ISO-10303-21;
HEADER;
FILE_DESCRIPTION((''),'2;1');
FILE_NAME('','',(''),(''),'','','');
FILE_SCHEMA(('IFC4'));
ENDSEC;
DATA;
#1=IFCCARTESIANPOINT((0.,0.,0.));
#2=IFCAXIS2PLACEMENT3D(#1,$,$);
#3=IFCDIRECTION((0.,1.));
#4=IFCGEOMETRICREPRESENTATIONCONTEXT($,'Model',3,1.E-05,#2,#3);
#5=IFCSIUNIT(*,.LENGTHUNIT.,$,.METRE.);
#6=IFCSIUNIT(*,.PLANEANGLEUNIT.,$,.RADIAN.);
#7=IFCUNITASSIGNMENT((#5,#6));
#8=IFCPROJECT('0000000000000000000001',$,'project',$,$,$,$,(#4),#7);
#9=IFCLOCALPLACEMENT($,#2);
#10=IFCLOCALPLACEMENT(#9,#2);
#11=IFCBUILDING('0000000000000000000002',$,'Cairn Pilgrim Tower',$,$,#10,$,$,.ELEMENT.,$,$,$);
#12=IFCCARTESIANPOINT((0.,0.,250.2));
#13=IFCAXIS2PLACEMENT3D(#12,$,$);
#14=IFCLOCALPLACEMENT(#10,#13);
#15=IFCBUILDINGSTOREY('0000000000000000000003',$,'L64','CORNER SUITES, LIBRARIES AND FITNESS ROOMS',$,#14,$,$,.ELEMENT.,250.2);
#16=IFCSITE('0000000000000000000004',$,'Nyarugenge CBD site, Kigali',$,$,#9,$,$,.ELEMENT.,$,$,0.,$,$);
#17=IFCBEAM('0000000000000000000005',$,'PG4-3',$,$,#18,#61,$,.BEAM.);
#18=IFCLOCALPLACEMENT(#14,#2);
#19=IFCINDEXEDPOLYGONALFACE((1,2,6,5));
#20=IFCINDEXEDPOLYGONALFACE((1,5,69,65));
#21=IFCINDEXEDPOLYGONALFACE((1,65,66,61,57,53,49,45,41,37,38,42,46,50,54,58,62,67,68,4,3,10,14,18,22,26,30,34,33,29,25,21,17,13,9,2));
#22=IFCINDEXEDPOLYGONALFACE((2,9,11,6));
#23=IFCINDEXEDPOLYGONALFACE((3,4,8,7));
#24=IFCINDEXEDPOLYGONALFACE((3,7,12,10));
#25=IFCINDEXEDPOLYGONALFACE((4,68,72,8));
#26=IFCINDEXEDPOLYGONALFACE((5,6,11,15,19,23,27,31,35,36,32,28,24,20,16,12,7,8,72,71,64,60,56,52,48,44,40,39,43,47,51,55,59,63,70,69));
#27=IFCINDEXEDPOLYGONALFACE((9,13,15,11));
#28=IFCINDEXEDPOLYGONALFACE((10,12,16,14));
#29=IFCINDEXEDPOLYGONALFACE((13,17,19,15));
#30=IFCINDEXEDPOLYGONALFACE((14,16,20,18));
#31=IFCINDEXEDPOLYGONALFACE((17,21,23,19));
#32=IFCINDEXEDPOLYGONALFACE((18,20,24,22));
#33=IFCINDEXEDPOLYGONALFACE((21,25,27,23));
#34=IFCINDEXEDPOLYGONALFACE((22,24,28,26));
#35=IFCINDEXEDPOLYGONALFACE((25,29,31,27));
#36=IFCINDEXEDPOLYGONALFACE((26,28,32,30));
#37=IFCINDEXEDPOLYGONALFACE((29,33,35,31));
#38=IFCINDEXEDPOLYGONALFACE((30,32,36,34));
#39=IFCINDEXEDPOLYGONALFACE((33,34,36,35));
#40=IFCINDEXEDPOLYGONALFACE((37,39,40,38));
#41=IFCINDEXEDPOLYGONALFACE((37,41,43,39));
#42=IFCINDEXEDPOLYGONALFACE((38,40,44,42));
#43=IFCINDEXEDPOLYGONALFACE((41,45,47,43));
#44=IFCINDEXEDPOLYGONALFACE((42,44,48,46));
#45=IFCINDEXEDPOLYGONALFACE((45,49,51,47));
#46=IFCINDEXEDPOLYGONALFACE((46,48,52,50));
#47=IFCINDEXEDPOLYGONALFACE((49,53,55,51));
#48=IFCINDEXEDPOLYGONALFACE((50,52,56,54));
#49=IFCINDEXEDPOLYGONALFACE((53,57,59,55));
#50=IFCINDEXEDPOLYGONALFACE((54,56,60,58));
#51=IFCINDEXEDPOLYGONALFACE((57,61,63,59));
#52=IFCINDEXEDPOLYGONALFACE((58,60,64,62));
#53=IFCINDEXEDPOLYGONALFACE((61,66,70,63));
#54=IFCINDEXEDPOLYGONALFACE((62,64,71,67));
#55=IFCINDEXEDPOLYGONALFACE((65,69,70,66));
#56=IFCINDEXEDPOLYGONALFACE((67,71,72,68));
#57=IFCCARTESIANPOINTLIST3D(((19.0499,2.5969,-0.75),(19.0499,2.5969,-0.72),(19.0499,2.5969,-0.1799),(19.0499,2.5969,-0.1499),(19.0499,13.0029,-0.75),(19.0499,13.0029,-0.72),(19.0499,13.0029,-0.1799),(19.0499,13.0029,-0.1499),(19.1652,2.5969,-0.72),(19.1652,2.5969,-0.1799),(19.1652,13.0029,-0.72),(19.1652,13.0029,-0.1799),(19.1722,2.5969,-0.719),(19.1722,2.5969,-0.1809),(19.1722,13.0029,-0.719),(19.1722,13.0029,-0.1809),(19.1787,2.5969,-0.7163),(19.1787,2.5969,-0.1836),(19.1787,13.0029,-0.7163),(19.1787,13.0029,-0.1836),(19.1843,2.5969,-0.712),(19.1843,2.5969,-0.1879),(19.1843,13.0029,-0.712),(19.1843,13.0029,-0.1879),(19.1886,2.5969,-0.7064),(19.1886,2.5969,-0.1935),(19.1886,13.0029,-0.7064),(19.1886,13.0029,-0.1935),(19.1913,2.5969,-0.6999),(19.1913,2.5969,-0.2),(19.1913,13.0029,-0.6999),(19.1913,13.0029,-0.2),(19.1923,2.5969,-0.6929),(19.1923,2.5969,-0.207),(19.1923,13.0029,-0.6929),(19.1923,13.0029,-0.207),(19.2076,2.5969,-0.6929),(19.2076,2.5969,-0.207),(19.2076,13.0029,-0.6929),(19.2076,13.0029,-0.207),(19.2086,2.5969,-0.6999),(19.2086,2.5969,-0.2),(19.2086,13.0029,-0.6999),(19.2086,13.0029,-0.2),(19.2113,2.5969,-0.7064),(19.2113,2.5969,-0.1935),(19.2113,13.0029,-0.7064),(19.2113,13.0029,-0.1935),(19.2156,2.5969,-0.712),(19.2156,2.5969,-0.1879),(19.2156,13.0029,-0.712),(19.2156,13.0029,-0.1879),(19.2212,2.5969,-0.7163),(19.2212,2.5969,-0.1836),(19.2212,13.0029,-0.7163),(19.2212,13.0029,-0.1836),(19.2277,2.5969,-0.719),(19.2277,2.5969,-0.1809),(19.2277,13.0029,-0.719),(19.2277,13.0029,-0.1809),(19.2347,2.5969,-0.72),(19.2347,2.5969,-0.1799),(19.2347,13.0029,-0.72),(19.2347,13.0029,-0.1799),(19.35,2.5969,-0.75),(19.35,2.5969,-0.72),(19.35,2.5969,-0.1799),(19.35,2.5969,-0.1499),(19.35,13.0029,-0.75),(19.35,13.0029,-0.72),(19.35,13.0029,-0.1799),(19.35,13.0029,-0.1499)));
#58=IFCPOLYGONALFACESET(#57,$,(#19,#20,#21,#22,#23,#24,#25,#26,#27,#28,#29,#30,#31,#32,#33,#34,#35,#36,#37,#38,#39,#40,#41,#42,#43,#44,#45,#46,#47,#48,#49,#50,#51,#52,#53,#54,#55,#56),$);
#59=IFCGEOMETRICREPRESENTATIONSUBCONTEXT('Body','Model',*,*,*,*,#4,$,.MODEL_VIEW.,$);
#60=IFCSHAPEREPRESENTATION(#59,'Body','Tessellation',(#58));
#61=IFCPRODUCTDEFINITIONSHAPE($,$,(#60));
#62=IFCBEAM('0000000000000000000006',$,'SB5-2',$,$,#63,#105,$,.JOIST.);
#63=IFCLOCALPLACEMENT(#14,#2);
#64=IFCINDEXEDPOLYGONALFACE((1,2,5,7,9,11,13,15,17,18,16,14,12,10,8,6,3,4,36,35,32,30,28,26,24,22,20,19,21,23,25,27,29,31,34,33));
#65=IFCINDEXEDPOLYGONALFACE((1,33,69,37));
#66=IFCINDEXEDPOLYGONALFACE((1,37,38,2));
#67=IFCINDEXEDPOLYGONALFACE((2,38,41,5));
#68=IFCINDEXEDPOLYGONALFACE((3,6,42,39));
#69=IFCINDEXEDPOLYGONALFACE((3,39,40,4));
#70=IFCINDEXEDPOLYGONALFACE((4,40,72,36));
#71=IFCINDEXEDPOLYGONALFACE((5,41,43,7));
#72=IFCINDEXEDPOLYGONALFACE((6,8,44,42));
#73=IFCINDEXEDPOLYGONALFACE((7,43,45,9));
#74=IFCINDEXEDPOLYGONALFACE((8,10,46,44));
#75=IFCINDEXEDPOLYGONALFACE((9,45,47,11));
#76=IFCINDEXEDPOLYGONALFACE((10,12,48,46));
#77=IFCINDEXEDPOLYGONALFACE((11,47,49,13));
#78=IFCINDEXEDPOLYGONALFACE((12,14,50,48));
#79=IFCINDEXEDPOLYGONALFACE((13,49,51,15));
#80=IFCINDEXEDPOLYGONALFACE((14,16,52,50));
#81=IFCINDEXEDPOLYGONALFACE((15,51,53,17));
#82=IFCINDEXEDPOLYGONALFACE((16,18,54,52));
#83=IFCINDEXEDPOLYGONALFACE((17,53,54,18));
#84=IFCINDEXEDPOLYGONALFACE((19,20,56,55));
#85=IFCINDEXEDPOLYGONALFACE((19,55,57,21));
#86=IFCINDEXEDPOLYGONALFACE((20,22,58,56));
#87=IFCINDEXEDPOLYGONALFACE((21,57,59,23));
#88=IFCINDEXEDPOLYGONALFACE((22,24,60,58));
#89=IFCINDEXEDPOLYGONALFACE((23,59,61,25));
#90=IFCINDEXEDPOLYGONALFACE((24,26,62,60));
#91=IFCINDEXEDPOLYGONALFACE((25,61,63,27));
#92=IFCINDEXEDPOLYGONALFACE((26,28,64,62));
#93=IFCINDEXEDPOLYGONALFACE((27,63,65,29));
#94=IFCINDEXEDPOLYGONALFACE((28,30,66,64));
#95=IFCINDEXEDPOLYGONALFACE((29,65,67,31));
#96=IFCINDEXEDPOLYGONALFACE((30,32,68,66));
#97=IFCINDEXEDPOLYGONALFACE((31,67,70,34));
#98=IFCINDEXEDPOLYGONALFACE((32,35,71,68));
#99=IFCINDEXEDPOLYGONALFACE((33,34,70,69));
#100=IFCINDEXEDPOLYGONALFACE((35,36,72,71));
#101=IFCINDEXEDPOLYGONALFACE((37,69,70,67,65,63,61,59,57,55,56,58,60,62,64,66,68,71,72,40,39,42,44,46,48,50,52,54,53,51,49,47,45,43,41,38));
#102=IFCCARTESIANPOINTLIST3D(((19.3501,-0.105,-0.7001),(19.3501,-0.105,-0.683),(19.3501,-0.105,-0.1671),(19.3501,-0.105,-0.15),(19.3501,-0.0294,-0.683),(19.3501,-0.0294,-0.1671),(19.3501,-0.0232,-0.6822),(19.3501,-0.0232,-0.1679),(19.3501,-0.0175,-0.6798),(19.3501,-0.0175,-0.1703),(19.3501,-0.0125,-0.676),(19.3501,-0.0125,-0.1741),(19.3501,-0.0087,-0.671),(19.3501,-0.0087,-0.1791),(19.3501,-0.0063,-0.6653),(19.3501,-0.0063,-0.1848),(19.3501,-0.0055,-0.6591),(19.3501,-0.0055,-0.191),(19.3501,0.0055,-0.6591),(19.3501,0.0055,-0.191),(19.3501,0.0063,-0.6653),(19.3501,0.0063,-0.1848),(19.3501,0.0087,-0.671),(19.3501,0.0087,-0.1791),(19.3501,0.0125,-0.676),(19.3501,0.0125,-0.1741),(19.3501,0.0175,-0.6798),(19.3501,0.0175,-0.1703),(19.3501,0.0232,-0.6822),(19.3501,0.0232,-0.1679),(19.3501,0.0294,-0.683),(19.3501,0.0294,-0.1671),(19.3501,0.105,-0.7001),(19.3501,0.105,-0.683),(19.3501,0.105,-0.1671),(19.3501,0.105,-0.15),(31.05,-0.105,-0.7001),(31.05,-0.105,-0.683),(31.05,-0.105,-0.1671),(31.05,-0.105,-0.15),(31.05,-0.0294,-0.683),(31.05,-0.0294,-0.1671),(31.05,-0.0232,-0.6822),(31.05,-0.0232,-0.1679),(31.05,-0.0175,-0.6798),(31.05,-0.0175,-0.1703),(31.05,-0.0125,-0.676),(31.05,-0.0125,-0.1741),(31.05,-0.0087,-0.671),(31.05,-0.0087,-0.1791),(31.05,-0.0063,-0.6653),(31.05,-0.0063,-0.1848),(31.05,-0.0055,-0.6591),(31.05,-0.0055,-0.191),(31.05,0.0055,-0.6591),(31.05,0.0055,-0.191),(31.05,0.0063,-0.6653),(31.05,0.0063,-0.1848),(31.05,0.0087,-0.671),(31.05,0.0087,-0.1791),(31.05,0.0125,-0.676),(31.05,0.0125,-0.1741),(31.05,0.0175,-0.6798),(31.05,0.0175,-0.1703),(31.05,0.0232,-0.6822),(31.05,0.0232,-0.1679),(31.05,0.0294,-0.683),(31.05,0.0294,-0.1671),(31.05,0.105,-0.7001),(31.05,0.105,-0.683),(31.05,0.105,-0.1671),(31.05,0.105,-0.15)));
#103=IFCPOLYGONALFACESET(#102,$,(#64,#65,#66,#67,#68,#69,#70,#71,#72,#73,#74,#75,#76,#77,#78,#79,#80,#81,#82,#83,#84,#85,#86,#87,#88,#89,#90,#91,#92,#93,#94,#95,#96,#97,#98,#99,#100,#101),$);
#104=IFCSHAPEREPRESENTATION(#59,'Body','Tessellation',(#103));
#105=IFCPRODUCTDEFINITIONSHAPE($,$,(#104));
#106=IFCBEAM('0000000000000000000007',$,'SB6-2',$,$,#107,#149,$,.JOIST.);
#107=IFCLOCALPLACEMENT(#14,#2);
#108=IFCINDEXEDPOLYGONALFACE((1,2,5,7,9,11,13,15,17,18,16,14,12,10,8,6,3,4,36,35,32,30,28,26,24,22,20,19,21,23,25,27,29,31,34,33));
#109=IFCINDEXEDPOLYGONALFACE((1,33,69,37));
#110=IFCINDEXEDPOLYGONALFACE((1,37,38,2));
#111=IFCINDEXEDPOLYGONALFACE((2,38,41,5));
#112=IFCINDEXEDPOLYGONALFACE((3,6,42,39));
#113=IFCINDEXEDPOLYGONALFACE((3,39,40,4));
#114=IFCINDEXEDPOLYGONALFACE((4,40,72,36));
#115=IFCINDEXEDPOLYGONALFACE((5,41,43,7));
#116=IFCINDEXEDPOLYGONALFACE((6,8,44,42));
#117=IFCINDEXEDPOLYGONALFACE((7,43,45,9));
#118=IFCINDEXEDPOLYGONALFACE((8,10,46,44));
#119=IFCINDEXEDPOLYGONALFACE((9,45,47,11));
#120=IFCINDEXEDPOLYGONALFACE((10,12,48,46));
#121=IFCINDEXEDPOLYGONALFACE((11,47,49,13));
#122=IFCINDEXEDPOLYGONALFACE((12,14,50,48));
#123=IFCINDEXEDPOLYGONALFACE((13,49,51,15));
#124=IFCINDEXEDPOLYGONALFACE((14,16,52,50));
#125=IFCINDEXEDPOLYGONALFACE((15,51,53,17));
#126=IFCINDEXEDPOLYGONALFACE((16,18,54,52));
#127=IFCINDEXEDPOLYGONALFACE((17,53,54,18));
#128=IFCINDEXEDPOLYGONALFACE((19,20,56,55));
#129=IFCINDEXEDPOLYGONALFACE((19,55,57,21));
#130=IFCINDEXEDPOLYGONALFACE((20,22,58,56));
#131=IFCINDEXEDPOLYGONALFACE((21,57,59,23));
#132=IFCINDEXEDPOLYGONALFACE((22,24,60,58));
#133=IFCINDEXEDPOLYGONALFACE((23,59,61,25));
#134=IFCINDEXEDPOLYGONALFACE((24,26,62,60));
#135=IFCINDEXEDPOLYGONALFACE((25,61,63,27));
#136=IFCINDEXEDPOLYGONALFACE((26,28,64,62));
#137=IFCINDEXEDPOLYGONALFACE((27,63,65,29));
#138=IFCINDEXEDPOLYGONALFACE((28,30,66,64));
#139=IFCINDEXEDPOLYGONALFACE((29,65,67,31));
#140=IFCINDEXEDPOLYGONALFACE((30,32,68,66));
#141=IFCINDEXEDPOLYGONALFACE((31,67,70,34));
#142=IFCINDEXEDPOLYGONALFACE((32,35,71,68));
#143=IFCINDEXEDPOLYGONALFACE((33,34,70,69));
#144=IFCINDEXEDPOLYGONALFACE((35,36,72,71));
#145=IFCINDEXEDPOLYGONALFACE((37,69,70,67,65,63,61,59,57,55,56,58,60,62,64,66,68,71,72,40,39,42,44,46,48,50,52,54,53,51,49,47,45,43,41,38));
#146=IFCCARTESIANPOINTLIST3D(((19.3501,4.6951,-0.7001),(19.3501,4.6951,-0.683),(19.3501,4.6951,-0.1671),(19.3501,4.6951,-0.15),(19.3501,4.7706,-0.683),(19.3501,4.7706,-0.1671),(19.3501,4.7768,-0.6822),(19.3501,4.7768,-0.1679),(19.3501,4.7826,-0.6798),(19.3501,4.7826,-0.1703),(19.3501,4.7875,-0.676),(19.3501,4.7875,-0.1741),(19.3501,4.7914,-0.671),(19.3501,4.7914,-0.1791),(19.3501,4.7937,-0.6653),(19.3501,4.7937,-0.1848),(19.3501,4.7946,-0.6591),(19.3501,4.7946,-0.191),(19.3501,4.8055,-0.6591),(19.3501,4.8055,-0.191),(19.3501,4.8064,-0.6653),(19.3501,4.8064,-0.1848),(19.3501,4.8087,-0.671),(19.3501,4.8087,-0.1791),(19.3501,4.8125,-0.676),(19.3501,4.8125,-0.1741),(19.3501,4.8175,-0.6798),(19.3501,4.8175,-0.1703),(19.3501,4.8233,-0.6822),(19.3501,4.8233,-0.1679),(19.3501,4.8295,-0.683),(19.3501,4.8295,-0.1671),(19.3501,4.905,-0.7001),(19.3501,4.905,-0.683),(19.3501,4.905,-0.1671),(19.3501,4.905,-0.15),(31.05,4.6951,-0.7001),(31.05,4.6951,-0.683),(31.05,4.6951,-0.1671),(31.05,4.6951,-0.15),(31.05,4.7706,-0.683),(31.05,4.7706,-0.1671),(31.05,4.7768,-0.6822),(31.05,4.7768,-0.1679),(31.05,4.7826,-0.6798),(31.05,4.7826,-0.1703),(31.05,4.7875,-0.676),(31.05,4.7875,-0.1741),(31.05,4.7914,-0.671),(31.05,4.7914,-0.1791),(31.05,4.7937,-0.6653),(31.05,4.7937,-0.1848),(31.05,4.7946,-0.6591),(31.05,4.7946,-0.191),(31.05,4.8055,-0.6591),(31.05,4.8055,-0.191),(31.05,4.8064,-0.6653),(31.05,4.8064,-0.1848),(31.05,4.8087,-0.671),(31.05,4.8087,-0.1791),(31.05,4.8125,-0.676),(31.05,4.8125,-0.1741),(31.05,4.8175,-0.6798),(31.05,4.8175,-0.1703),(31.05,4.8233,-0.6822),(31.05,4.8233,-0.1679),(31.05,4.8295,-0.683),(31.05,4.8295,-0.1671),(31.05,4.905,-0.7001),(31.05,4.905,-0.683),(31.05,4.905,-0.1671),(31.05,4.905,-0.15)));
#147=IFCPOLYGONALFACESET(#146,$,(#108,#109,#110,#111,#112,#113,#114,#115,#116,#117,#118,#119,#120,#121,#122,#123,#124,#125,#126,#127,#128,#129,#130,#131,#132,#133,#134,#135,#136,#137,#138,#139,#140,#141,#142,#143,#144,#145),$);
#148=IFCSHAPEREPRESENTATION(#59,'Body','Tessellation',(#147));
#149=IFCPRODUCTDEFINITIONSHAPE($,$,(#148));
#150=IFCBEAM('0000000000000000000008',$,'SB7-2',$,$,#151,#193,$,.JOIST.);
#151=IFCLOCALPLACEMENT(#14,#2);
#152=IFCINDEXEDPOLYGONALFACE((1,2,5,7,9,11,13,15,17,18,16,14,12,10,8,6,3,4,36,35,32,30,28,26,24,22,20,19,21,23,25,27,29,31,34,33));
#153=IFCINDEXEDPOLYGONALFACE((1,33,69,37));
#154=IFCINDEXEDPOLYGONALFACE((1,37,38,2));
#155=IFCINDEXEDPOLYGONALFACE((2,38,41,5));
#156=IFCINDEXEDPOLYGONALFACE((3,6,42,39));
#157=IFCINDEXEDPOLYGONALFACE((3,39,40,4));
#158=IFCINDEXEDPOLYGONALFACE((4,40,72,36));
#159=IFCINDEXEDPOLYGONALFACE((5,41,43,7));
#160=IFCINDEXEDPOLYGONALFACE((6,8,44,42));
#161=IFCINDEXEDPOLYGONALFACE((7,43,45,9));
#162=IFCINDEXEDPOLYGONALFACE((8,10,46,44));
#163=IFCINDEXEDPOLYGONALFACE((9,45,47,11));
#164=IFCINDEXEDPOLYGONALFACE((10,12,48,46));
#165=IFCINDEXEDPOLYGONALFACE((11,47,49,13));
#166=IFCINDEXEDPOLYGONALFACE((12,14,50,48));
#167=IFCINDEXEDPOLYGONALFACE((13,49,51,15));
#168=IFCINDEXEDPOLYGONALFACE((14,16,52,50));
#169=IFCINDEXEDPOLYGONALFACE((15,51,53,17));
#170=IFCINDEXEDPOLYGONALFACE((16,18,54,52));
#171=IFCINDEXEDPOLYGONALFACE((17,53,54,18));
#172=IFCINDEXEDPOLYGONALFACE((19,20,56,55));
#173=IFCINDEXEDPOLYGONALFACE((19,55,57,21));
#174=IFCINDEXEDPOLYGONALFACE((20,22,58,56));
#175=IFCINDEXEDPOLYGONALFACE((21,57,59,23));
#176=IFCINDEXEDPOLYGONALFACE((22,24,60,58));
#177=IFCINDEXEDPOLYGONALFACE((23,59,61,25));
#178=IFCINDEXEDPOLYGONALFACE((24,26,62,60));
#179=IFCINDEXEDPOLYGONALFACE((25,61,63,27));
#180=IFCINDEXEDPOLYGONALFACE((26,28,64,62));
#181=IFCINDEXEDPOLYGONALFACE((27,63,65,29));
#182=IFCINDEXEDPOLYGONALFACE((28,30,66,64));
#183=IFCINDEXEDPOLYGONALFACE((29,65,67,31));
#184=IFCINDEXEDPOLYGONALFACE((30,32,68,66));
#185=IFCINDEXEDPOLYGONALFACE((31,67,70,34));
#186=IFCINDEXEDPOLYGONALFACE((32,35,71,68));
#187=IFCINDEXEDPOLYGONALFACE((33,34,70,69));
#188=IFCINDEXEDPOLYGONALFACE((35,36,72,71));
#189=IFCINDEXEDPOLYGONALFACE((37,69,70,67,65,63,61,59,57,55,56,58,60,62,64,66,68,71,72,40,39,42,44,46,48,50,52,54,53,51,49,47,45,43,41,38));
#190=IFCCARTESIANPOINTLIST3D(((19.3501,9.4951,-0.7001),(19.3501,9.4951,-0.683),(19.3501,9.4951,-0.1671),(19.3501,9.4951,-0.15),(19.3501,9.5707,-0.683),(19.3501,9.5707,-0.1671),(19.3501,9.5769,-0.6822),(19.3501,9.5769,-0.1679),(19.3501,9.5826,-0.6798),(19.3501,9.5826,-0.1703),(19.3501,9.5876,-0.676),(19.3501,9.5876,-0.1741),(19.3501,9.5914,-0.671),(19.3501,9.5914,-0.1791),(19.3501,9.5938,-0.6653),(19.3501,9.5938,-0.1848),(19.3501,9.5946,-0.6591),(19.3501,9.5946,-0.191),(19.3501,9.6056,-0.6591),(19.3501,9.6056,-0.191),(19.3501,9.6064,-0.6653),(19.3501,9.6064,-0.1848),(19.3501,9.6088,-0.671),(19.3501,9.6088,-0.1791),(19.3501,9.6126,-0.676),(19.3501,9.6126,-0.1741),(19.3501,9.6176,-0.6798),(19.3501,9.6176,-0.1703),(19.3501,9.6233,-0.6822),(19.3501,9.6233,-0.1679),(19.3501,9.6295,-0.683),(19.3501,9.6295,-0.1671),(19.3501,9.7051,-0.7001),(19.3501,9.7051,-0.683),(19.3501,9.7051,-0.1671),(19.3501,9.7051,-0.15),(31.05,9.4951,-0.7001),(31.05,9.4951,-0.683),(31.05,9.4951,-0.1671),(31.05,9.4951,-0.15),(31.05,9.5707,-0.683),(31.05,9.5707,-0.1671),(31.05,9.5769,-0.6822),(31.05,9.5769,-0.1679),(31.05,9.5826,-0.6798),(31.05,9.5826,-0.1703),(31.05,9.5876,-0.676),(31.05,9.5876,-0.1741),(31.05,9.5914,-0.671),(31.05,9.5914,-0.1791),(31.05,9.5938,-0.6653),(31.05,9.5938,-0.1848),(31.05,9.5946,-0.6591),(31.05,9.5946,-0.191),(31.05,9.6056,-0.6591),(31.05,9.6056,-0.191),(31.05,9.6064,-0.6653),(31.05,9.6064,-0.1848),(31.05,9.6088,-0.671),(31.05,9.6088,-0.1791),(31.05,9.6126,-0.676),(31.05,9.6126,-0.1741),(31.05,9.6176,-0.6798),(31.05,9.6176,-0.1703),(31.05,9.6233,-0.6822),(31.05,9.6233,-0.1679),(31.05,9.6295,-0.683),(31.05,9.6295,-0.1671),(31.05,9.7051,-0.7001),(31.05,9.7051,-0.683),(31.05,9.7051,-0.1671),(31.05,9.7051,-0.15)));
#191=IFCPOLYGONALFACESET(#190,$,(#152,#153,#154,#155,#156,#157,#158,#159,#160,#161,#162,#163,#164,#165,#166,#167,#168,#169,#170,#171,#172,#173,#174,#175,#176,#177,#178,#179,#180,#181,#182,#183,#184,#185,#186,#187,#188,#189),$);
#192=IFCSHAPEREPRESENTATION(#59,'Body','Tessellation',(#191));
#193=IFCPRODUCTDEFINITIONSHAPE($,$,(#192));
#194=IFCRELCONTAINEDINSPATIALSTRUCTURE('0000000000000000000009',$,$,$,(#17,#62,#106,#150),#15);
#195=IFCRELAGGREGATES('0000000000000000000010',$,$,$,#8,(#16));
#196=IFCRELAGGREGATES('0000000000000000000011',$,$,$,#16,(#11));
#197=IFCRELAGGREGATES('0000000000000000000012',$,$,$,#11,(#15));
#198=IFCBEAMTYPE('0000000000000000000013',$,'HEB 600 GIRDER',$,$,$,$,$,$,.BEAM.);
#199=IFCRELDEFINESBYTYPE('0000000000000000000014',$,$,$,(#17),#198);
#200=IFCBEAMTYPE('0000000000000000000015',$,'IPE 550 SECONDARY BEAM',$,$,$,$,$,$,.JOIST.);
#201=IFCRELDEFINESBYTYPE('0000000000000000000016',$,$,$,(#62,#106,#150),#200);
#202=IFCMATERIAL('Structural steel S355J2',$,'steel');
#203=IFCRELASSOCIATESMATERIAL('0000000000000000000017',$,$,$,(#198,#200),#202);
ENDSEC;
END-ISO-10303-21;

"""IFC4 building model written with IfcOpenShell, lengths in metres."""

from ifc_helpers import new_model, si_unit, direction, frame, origin, origin_2d, place, context, subcontext, project, spatial, i_section, extrude, material, material_profile, profile_set, type_object, element, save


model = new_model("IFC4")

# Units and contexts
model_context = context("Model", 3, precision=1e-05, world=origin(), true_north=direction((0.0, 1.0)))
body_context = subcontext(model_context, "Body", "Model", "MODEL_VIEW")
ifc_project = project(units=[si_unit("LENGTHUNIT", "METRE"), si_unit("PLANEANGLEUNIT", "RADIAN")], contexts=[model_context])

# Site, building, storey
site_placement = place(None, origin())
site = spatial("IfcSite", under=ifc_project, at=site_placement, Name="Nyarugenge CBD site, Kigali", CompositionType="ELEMENT", RefElevation=0.0)
building_placement = place(site_placement, origin())
building = spatial("IfcBuilding", under=site, at=building_placement, Name="Cairn Pilgrim Tower", CompositionType="ELEMENT")
storey_placement = place(building_placement, frame((0.0, 0.0, 250.2)))
storey = spatial("IfcBuildingStorey", under=building, at=storey_placement, Name="L64", Description="CORNER SUITES, LIBRARIES AND FITNESS ROOMS", CompositionType="ELEMENT", Elevation=250.2)

# Shared definitions
ifc_material_1 = material(Name="Structural steel S355J2", Category="steel")

# Beams
ifc_material_profile_1 = material_profile(ifc_material_1, i_section(OverallWidth=0.3, OverallDepth=0.6001, WebThickness=0.0154, FlangeThickness=0.03, FilletRadius=0.0271, at=origin_2d()), Name="HEB 600")
ifc_profile_set_1 = profile_set([ifc_material_profile_1], Name="Structural steel S355J2")
beam_type_1 = type_object("IfcBeamType", Name="HEB 600 GIRDER", PredefinedType="BEAM", material=ifc_profile_set_1)
beam_1_placement = place(storey_placement, frame((19.2, 2.5969, -0.45), z_axis=(0.0, 1.0, 0.0), x_axis=(-1.0, 0.0, 0.0)))
element("IfcBeam", 1, at=beam_1_placement, inside=storey, type_object=beam_type_1, Name="PG4-3", PredefinedType="BEAM", context=body_context, shape_type="SweptSolid", body=[
    extrude(i_section(OverallWidth=0.3, OverallDepth=0.6001, WebThickness=0.0154, FlangeThickness=0.03, FilletRadius=0.0271, at=origin_2d()), origin(), (0.0, 0.0, 1.0), 10.406),
])
ifc_material_profile_2 = material_profile(ifc_material_1, i_section(OverallWidth=0.21, OverallDepth=0.55, WebThickness=0.011, FlangeThickness=0.0171, FilletRadius=0.0239, at=origin_2d()), Name="IPE 550")
ifc_profile_set_2 = profile_set([ifc_material_profile_2], Name="Structural steel S355J2")
beam_type_2 = type_object("IfcBeamType", Name="IPE 550 SECONDARY BEAM", PredefinedType="JOIST", material=ifc_profile_set_2)
for number, where, z_axis, x_axis, name in (
    (2, (19.3501, 0.0, -0.425), (1.0, 0.0, 0.0), (0.0, 1.0, 0.0), "SB5-2"),
    (3, (19.3501, 4.8, -0.425), (1.0, 0.0, 0.0), (0.0, 1.0, 0.0), "SB6-2"),
    (4, (19.3501, 9.6001, -0.425), (1.0, 0.0, 0.0), (0.0, 1.0, 0.0), "SB7-2"),
):
    element("IfcBeam", number, at=place(storey_placement, frame(where, z_axis=z_axis, x_axis=x_axis)), inside=storey, type_object=beam_type_2, Name=name, PredefinedType="JOIST", context=body_context, shape_type="SweptSolid", body=[
        extrude(i_section(OverallWidth=0.21, OverallDepth=0.55, WebThickness=0.011, FlangeThickness=0.0171, FilletRadius=0.0239, at=origin_2d()), origin(), (0.0, 0.0, 1.0), 11.7),
    ])

save(model, "model.ifc")
